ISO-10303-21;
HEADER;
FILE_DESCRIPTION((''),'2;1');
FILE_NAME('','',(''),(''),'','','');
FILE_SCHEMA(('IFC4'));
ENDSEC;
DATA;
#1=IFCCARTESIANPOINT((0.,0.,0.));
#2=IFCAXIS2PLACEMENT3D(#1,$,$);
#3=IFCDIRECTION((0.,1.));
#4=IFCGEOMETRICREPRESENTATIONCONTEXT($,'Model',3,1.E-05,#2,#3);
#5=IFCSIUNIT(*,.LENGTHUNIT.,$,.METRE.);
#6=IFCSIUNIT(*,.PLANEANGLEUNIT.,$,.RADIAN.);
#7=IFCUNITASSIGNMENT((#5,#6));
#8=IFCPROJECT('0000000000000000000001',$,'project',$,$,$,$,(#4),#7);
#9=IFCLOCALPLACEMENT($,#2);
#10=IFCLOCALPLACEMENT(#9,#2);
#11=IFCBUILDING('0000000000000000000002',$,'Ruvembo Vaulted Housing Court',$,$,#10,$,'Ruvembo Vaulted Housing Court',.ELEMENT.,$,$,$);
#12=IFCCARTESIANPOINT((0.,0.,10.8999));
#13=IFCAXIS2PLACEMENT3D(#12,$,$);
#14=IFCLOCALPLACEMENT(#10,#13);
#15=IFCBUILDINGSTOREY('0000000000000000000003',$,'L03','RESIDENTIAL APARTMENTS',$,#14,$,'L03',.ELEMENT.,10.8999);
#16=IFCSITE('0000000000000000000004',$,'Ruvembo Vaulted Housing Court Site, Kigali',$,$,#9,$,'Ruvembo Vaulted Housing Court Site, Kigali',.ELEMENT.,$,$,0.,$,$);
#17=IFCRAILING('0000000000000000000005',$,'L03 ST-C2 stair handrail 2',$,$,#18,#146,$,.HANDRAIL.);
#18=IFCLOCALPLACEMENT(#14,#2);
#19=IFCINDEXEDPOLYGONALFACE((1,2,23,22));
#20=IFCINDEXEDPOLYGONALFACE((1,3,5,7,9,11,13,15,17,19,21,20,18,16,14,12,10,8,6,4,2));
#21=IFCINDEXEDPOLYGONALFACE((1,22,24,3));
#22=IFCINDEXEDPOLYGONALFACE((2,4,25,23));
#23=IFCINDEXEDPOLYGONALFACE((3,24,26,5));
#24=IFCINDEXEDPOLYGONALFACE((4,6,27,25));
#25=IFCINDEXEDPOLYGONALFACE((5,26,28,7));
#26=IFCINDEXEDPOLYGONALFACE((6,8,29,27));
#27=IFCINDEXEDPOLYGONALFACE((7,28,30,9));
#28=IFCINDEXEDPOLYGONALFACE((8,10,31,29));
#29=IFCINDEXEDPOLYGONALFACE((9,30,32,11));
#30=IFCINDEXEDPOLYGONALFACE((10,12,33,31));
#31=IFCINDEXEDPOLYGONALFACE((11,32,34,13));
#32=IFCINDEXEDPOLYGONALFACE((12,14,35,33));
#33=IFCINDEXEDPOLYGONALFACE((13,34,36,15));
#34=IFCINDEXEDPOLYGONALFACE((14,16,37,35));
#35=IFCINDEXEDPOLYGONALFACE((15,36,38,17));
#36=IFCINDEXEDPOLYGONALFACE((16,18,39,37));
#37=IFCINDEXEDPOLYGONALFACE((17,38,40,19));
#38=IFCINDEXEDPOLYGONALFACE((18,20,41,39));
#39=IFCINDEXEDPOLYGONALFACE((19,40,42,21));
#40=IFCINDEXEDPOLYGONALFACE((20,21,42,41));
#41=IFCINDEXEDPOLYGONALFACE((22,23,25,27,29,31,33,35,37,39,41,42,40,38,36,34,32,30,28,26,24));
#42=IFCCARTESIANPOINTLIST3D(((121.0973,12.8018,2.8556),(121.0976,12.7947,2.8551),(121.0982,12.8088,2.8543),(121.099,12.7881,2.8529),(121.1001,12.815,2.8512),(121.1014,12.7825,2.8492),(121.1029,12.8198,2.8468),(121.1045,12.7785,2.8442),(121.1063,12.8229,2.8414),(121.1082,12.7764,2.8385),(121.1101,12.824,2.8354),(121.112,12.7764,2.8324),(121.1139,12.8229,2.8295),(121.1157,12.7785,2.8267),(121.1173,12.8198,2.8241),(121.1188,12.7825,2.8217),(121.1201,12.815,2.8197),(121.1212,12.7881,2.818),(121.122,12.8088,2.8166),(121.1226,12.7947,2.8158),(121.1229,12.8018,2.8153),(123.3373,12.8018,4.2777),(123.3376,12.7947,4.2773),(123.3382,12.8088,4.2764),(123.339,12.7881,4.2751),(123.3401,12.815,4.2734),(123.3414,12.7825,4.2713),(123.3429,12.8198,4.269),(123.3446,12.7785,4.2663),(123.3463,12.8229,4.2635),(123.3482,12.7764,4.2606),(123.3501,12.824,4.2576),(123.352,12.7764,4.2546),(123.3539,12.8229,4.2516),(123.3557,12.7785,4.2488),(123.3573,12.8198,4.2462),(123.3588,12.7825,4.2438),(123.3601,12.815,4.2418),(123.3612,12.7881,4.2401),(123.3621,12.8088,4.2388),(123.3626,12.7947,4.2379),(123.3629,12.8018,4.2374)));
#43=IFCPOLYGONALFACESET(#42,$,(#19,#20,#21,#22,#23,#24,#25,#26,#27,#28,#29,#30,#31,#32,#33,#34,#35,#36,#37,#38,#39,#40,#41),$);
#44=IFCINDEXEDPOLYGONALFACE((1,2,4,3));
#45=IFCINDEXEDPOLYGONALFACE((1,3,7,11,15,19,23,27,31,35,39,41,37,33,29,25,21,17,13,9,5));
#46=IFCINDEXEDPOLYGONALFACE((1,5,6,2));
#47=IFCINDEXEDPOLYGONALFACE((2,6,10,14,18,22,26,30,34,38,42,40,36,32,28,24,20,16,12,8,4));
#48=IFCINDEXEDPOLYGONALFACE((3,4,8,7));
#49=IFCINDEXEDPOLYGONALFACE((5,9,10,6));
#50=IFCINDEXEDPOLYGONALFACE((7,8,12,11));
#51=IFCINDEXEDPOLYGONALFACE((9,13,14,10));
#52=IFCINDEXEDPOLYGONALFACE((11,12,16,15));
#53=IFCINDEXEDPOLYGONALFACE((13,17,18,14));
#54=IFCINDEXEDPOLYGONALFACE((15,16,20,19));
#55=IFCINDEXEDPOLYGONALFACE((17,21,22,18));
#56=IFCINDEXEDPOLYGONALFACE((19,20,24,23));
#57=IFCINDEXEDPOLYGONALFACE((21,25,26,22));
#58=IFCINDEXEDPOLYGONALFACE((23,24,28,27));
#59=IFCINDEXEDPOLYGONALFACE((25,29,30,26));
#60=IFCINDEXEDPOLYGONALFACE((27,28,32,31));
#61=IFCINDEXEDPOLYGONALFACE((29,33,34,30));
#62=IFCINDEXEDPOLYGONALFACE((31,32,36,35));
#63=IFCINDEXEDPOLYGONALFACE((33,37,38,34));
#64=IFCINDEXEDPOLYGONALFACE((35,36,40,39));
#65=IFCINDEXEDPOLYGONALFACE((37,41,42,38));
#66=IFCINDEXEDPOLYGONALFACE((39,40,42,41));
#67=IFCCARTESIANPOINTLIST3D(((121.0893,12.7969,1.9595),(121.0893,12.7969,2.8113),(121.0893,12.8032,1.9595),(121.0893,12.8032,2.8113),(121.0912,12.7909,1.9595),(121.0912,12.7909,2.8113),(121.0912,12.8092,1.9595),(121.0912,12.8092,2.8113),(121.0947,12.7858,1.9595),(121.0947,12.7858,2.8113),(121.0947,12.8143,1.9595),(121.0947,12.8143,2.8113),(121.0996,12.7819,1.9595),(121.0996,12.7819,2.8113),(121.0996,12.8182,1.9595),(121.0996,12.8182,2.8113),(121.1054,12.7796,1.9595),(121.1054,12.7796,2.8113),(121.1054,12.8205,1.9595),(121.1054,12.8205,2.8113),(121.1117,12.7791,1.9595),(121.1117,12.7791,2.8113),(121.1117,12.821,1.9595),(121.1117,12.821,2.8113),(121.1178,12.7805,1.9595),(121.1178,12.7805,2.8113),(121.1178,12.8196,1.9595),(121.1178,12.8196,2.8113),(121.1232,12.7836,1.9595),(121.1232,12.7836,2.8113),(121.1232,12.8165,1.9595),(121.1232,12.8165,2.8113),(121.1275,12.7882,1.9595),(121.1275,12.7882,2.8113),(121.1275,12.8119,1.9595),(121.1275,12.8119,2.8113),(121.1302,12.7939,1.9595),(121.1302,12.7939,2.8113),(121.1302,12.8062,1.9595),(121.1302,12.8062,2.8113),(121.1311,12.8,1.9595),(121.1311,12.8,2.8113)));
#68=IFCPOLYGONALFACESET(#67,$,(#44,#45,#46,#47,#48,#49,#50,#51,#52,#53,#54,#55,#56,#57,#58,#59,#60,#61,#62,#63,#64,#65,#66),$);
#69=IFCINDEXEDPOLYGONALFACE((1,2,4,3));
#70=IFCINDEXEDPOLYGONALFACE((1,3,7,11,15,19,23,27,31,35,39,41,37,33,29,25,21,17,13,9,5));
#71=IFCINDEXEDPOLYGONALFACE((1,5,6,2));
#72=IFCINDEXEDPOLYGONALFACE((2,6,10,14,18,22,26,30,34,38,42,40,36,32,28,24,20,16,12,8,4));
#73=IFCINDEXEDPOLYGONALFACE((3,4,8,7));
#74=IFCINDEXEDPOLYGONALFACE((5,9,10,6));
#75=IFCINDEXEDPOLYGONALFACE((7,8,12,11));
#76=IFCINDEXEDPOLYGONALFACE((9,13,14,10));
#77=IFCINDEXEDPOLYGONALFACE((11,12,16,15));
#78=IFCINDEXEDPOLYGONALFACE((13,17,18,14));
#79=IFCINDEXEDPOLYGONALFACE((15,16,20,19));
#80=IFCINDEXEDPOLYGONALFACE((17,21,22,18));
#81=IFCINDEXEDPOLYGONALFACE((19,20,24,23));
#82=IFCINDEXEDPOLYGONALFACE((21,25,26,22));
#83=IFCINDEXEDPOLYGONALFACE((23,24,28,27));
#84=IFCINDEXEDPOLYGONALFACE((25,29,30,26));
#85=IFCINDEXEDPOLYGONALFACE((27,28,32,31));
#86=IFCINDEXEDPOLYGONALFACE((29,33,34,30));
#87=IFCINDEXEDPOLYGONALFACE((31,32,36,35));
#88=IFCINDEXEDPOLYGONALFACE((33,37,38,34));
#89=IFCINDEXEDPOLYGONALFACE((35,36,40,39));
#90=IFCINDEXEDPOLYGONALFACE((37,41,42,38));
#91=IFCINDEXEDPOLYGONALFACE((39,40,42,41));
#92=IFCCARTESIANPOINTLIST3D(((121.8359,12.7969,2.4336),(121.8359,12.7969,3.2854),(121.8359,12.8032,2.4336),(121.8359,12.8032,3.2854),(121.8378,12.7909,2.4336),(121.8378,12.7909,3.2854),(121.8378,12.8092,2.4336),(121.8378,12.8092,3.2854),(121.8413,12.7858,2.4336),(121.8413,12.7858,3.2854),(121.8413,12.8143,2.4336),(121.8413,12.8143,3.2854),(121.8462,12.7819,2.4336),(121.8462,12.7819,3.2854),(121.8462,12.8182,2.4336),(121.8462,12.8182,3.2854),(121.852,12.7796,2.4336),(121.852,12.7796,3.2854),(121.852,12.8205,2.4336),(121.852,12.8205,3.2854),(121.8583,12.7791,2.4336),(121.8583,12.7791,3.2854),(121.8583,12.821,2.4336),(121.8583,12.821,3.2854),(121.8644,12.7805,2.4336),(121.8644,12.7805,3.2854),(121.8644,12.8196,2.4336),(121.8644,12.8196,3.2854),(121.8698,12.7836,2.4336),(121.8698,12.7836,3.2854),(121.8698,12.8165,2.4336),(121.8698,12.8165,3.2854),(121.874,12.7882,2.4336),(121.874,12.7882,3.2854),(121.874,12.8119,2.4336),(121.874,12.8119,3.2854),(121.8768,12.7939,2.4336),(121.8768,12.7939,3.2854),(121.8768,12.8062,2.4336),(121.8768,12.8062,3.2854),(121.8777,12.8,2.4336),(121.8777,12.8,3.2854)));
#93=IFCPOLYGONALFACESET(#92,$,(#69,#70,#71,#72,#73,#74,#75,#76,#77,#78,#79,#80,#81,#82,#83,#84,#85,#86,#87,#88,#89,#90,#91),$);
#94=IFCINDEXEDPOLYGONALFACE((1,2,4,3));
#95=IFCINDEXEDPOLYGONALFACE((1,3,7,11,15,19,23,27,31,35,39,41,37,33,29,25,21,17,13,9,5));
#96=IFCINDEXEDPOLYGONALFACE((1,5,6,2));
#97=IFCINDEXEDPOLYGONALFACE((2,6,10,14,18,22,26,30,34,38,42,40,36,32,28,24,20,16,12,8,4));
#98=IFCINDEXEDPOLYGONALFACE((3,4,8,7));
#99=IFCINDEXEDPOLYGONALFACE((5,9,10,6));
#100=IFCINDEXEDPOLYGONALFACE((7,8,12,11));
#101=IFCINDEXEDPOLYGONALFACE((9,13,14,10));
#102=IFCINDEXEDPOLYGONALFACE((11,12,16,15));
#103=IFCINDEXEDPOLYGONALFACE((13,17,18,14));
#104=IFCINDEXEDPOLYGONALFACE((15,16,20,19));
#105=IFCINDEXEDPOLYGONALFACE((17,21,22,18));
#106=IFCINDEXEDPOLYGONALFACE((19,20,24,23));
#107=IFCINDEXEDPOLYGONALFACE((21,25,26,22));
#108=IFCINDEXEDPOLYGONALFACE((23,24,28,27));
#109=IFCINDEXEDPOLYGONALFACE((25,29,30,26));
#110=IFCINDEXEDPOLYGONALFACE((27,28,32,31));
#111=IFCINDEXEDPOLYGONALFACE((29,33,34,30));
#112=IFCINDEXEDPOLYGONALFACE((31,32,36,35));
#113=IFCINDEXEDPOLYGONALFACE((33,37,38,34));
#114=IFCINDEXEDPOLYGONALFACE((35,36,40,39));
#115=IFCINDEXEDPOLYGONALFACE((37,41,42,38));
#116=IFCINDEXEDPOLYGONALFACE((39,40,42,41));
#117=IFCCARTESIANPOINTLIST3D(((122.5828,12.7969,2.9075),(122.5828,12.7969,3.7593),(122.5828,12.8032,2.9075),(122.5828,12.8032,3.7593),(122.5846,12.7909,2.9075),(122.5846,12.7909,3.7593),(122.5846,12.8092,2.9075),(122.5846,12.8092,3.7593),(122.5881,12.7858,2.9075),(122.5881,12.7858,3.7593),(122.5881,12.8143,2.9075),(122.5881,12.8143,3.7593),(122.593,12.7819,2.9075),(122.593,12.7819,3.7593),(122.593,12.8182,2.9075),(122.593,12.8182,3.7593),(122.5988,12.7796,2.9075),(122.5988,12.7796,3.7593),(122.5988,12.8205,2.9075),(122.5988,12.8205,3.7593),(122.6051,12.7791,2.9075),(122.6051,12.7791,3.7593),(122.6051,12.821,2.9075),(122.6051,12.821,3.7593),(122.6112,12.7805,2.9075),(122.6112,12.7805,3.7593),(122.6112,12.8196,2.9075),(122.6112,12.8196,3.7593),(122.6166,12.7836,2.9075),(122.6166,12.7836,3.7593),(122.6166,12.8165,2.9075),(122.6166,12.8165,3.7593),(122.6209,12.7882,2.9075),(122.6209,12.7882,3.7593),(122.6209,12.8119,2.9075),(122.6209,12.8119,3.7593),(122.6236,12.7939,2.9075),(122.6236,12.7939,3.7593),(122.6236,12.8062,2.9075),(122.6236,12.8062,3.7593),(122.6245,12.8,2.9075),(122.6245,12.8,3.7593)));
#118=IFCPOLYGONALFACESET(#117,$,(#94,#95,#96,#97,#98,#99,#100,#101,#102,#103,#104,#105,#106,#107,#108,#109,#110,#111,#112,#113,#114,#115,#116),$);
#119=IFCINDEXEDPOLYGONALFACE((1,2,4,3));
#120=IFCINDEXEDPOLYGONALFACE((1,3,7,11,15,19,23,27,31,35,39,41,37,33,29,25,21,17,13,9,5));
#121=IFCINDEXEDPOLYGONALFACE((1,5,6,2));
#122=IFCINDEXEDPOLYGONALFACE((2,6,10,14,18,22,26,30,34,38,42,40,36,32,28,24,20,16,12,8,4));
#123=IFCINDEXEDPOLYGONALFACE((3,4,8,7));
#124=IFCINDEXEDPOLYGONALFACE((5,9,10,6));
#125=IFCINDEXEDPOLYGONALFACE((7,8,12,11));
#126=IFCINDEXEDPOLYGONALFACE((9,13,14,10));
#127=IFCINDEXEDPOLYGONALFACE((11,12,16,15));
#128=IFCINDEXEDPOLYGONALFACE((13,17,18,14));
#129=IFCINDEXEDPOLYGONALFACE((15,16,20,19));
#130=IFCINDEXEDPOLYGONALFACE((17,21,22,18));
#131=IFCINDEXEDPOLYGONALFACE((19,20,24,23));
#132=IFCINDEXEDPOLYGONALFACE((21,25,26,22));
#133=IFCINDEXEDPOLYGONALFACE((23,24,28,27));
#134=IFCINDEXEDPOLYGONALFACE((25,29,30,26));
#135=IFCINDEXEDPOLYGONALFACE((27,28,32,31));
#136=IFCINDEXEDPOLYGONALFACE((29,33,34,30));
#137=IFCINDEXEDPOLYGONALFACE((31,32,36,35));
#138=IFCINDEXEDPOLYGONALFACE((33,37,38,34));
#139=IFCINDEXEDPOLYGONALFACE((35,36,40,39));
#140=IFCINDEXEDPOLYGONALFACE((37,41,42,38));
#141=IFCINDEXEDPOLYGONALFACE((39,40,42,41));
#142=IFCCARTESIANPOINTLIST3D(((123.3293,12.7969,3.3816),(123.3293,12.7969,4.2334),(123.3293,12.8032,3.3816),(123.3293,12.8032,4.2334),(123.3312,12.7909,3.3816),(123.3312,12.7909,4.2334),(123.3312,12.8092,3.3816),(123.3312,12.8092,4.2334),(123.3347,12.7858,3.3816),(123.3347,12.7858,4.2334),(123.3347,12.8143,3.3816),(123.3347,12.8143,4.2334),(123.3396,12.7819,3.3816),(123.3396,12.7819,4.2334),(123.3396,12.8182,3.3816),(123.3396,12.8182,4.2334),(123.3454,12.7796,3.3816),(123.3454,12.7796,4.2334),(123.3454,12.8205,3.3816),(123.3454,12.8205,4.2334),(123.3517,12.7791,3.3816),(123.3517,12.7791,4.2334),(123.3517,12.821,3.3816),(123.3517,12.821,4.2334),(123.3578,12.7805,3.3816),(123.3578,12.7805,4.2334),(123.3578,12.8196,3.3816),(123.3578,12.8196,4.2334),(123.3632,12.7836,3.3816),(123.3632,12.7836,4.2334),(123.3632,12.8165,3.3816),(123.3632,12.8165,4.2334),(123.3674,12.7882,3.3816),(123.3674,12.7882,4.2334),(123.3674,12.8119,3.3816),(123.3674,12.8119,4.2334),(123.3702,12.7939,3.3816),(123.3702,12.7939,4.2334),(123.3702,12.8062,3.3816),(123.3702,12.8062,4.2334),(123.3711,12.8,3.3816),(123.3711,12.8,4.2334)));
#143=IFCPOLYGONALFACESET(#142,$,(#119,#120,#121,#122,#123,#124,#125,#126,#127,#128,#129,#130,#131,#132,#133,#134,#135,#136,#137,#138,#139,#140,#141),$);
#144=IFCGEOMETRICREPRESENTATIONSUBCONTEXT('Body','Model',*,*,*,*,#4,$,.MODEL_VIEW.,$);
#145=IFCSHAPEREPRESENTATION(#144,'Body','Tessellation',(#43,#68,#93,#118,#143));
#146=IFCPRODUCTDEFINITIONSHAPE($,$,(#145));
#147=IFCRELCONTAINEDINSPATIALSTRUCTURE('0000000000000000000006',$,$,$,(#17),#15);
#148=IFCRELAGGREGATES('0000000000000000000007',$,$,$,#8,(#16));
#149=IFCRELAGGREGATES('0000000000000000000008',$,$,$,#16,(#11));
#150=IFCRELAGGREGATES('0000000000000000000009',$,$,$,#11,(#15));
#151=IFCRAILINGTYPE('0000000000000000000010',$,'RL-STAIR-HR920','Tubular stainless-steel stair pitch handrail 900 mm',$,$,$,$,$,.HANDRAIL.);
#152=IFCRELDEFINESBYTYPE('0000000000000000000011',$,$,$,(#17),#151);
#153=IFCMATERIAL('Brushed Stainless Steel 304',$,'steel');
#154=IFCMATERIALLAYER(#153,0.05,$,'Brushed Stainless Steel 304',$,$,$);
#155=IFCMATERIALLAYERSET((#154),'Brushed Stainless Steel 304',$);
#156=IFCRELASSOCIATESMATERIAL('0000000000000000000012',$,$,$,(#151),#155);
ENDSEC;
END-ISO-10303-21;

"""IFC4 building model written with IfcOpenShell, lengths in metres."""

from ifc_helpers import new_model, si_unit, direction, frame, origin, origin_2d, place, context, subcontext, project, spatial, circle, extrude, material, layer, layer_set, type_object, element, save


model = new_model("IFC4")

# Units and contexts
model_context = context("Model", 3, precision=1e-05, world=origin(), true_north=direction((0.0, 1.0)))
body_context = subcontext(model_context, "Body", "Model", "MODEL_VIEW")
ifc_project = project(units=[si_unit("LENGTHUNIT", "METRE"), si_unit("PLANEANGLEUNIT", "RADIAN")], contexts=[model_context])

# Site, building, storey
site_placement = place(None, origin())
site = spatial("IfcSite", under=ifc_project, at=site_placement, Name="Ruvembo Vaulted Housing Court Site, Kigali", LongName="Ruvembo Vaulted Housing Court Site, Kigali", CompositionType="ELEMENT", RefElevation=0.0)
building_placement = place(site_placement, origin())
building = spatial("IfcBuilding", under=site, at=building_placement, Name="Ruvembo Vaulted Housing Court", LongName="Ruvembo Vaulted Housing Court", CompositionType="ELEMENT")
storey_placement = place(building_placement, frame((0.0, 0.0, 10.8999)))
storey = spatial("IfcBuildingStorey", under=building, at=storey_placement, Name="L03", Description="RESIDENTIAL APARTMENTS", LongName="L03", CompositionType="ELEMENT", Elevation=10.8999)

# Railing
ifc_material_1 = material(Name="Brushed Stainless Steel 304", Category="steel")
ifc_layer_1 = layer(ifc_material_1, 0.05, Name="Brushed Stainless Steel 304")
ifc_layer_set_1 = layer_set([ifc_layer_1], Name="Brushed Stainless Steel 304")
railing_type_1 = type_object("IfcRailingType", Name="RL-STAIR-HR920", Description="Tubular stainless-steel stair pitch handrail 900 mm", PredefinedType="HANDRAIL", material=ifc_layer_set_1)
railing_1_placement = place(storey_placement, frame((121.1101, 12.8, 1.9595)))
element("IfcRailing", 1, at=railing_1_placement, inside=storey, type_object=railing_type_1, Name="L03 ST-C2 stair handrail 2", PredefinedType="HANDRAIL", context=body_context, shape_type="SweptSolid", body=[
    extrude(circle(Radius=0.0239, at=origin_2d()), frame((0.0, 0.0, 0.876), z_axis=(0.844229, 0.0, 0.535982), x_axis=(0.0, 1.0, 0.0)), (0.0, 0.0, 1.0), 2.6533),
    extrude(circle(Radius=0.021, at=origin_2d()), origin(), (0.0, 0.0, 1.0), 0.8518),
    extrude(circle(Radius=0.021, at=origin_2d()), frame((0.7466, 0.0, 0.4741)), (0.0, 0.0, 1.0), 0.8518),
    extrude(circle(Radius=0.021, at=origin_2d()), frame((1.4934, 0.0, 0.948)), (0.0, 0.0, 1.0), 0.8518),
    extrude(circle(Radius=0.021, at=origin_2d()), frame((2.24, 0.0, 1.4221)), (0.0, 0.0, 1.0), 0.8518),
])

save(model, "model.ifc")
